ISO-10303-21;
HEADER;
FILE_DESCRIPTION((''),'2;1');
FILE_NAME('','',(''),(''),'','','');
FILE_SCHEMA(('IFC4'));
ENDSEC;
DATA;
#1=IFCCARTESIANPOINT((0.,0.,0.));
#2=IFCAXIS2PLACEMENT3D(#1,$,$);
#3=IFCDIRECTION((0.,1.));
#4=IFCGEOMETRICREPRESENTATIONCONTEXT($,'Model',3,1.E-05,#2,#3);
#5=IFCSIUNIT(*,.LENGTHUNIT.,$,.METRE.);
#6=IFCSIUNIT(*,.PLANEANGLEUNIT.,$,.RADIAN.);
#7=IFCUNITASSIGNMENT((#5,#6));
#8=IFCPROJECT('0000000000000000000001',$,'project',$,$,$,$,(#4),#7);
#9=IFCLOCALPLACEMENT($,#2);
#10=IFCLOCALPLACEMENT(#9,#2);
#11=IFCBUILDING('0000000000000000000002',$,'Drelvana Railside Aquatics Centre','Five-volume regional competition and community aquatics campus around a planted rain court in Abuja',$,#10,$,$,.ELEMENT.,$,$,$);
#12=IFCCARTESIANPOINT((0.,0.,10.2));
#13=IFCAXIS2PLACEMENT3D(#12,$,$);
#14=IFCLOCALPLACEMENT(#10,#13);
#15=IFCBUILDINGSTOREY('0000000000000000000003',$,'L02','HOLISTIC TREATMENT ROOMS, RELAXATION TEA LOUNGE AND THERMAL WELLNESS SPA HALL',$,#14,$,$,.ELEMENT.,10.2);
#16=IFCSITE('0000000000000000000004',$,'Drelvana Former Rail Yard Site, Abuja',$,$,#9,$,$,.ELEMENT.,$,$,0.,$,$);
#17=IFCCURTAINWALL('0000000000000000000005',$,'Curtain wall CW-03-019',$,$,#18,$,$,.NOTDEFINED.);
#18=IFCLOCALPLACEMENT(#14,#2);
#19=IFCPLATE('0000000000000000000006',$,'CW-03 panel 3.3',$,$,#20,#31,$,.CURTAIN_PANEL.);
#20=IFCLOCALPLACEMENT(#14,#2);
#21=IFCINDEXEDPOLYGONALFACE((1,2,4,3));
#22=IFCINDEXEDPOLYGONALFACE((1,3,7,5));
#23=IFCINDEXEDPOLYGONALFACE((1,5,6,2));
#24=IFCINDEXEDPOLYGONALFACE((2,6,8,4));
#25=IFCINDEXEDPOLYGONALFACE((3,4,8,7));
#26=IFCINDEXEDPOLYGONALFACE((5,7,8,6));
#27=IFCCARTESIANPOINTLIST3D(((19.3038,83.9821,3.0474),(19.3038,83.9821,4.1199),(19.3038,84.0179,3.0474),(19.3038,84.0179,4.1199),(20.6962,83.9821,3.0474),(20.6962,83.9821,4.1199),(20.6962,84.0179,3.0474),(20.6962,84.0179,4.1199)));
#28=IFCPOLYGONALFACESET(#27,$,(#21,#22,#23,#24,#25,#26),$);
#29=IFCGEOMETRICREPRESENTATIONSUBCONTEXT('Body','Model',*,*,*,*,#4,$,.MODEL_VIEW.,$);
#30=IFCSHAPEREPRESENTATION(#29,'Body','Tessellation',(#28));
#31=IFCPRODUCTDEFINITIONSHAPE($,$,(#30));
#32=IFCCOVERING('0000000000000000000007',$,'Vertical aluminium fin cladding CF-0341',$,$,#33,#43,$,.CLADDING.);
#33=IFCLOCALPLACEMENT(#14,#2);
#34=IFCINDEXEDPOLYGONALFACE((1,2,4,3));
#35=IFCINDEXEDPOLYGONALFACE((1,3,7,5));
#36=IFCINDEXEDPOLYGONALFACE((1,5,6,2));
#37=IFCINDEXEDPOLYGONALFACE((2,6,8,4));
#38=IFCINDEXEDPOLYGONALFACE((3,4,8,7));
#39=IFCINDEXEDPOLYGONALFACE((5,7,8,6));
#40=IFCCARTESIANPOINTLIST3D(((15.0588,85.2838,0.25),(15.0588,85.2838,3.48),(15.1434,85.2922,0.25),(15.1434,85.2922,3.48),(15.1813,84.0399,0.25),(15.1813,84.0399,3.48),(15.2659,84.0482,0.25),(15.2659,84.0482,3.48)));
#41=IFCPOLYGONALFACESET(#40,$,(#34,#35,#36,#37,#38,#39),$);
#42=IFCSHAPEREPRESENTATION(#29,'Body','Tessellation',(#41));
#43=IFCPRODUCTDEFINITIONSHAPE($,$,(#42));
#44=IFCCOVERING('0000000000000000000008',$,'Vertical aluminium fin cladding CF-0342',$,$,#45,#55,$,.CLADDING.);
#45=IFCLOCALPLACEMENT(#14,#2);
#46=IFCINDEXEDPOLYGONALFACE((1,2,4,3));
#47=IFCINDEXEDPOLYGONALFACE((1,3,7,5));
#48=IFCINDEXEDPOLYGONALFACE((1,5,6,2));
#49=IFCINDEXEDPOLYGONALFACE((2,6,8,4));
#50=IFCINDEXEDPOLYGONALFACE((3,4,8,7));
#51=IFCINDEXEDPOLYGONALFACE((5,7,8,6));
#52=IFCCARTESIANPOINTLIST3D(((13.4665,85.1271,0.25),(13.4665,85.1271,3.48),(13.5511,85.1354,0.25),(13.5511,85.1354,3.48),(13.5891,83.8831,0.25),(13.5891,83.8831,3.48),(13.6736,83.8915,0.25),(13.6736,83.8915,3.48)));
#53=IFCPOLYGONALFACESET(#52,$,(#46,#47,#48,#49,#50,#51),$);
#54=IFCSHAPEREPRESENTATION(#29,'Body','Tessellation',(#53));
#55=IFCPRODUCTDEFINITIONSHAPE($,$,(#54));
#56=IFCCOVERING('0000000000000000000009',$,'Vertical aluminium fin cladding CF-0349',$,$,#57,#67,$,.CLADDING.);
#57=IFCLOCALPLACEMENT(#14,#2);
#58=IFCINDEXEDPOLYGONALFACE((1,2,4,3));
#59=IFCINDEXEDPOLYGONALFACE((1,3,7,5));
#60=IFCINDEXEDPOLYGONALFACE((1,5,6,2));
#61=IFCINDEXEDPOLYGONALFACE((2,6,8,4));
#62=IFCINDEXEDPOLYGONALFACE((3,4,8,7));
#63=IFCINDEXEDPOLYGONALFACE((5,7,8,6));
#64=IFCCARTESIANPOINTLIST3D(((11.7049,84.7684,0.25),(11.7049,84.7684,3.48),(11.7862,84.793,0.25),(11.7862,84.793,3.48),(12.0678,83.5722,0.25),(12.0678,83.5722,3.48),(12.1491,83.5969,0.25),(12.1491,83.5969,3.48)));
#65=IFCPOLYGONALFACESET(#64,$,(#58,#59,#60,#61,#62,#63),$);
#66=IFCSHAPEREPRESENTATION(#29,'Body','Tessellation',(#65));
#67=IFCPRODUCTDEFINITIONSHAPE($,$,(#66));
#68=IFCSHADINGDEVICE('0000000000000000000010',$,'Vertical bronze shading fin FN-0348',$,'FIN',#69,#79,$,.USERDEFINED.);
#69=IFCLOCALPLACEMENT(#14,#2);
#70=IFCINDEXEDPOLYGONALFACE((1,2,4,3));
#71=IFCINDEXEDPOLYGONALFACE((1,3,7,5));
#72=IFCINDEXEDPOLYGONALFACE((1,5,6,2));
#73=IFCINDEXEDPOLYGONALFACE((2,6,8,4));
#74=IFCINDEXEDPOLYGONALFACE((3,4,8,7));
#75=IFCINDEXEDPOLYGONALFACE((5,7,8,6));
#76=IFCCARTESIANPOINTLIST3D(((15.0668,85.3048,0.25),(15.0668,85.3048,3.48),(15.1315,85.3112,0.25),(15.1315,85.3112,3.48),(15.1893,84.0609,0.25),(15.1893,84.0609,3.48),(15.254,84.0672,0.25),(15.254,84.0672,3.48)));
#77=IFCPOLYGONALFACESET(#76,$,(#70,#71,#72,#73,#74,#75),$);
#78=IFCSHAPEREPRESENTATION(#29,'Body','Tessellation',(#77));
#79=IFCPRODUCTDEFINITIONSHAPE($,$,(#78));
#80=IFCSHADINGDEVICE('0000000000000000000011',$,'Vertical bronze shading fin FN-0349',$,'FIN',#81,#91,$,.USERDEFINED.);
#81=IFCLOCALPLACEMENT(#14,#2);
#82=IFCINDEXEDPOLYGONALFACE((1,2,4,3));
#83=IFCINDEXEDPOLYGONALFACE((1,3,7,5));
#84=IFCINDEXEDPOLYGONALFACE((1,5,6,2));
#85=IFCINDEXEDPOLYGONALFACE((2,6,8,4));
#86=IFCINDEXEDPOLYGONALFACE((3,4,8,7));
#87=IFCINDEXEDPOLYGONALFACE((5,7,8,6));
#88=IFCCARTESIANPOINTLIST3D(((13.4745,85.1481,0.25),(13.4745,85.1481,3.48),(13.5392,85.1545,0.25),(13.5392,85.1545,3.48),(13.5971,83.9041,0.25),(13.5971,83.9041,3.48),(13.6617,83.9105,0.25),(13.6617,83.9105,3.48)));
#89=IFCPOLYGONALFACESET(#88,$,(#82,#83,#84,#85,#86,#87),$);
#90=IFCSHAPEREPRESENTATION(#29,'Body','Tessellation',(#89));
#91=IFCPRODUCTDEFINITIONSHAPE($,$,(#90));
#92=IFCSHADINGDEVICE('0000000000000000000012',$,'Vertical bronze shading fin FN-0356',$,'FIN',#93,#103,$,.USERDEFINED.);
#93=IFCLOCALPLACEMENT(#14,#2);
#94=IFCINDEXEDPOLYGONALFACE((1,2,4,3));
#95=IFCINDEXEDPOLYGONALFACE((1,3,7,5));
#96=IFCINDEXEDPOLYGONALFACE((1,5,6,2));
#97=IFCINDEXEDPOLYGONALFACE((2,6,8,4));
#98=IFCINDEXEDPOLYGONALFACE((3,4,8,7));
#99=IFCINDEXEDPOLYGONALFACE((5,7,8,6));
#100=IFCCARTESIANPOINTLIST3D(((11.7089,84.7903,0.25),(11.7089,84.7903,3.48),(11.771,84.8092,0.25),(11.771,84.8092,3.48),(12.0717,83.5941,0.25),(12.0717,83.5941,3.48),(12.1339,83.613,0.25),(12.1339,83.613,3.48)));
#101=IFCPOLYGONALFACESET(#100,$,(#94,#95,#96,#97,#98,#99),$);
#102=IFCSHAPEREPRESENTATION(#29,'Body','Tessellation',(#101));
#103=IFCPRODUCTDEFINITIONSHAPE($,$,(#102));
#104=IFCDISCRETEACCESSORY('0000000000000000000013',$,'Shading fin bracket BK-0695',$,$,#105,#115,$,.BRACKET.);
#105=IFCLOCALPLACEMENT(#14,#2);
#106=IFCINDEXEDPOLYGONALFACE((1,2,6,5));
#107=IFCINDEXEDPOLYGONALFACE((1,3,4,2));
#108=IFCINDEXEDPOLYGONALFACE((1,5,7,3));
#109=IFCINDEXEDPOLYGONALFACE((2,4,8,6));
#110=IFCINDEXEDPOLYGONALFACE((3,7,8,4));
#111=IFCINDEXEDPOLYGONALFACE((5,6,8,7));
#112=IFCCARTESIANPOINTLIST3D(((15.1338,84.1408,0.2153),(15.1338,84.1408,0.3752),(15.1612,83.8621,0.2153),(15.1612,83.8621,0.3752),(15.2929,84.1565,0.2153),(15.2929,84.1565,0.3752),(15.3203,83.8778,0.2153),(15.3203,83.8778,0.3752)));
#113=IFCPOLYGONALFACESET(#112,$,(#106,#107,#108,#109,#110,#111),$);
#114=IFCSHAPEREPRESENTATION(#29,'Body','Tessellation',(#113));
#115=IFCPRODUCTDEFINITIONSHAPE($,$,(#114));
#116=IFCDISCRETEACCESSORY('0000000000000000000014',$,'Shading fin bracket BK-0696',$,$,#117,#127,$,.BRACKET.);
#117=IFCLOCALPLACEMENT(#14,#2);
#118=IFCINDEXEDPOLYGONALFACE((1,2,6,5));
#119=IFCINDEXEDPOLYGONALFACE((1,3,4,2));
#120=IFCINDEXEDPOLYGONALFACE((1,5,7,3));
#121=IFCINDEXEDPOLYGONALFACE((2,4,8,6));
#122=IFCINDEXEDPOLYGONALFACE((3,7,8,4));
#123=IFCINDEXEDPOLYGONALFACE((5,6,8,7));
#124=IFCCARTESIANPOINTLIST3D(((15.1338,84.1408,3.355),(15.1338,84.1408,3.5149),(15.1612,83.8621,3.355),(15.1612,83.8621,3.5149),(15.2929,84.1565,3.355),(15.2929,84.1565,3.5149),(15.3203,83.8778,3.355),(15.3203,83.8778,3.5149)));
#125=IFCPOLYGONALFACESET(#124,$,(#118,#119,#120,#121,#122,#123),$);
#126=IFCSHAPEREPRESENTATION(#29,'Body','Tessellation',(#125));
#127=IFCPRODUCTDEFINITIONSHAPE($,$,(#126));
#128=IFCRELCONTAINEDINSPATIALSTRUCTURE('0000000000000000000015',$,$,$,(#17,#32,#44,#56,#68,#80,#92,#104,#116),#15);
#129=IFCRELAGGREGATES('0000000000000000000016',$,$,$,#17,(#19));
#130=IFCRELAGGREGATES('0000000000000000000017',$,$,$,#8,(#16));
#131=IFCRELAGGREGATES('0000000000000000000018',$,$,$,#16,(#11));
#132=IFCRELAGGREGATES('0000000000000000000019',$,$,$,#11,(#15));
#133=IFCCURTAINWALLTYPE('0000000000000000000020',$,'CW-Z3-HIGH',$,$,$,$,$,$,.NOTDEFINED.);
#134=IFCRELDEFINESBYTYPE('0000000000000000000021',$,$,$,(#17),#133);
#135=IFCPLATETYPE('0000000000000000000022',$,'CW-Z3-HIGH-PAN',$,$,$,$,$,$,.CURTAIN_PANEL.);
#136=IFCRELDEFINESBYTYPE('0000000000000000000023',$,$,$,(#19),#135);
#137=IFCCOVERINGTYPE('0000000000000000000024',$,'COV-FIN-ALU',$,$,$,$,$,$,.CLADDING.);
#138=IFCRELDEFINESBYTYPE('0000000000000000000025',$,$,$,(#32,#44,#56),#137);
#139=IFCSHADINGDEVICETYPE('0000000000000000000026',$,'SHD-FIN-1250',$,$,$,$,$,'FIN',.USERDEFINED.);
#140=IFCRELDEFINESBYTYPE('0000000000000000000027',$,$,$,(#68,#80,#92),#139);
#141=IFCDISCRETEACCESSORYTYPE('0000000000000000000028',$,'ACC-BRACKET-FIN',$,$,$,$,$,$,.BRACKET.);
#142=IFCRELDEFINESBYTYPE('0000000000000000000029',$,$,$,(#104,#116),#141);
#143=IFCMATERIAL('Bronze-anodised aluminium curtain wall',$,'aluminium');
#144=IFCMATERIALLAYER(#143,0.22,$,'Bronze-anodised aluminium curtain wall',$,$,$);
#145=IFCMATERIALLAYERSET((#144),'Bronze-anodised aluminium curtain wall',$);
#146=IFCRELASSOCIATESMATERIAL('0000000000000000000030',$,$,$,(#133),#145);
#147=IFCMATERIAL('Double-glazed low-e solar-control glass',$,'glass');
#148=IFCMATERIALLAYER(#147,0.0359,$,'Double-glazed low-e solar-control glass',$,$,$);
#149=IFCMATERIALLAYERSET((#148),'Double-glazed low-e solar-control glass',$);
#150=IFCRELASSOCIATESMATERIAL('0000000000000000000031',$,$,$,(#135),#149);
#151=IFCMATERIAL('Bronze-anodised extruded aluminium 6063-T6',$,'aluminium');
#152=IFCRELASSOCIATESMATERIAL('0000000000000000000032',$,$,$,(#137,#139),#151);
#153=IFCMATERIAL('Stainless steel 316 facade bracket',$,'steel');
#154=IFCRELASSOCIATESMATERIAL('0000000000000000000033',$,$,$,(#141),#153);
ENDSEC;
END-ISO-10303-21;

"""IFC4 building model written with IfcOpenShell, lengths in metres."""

from ifc_helpers import new_model, si_unit, direction, frame, origin, origin_2d, place, context, subcontext, project, spatial, rectangle, extrude, material, layer, layer_set, type_object, element, aggregate, save


model = new_model("IFC4")

# Units and contexts
model_context = context("Model", 3, precision=1e-05, world=origin(), true_north=direction((0.0, 1.0)))
body_context = subcontext(model_context, "Body", "Model", "MODEL_VIEW")
ifc_project = project(units=[si_unit("LENGTHUNIT", "METRE"), si_unit("PLANEANGLEUNIT", "RADIAN")], contexts=[model_context])

# Site, building, storey
site_placement = place(None, origin())
site = spatial("IfcSite", under=ifc_project, at=site_placement, Name="Drelvana Former Rail Yard Site, Abuja", CompositionType="ELEMENT", RefElevation=0.0)
building_placement = place(site_placement, origin())
building = spatial("IfcBuilding", under=site, at=building_placement, Name="Drelvana Railside Aquatics Centre", Description="Five-volume regional competition and community aquatics campus around a planted rain court in Abuja", CompositionType="ELEMENT")
storey_placement = place(building_placement, frame((0.0, 0.0, 10.2)))
storey = spatial("IfcBuildingStorey", under=building, at=storey_placement, Name="L02", Description="HOLISTIC TREATMENT ROOMS, RELAXATION TEA LOUNGE AND THERMAL WELLNESS SPA HALL", CompositionType="ELEMENT", Elevation=10.2)

# Curtain wall, plate
ifc_material_1 = material(Name="Bronze-anodised aluminium curtain wall", Category="aluminium")
ifc_layer_1 = layer(ifc_material_1, 0.22, Name="Bronze-anodised aluminium curtain wall")
ifc_layer_set_1 = layer_set([ifc_layer_1], Name="Bronze-anodised aluminium curtain wall")
curtain_wall_type = type_object("IfcCurtainWallType", Name="CW-Z3-HIGH", PredefinedType="NOTDEFINED", material=ifc_layer_set_1)
curtain_wall_placement = place(storey_placement, origin())
curtain_wall = element("IfcCurtainWall", 1, at=curtain_wall_placement, inside=storey, type_object=curtain_wall_type, Name="Curtain wall CW-03-019", PredefinedType="NOTDEFINED")
ifc_material_2 = material(Name="Double-glazed low-e solar-control glass", Category="glass")
ifc_layer_2 = layer(ifc_material_2, 0.0359, Name="Double-glazed low-e solar-control glass")
ifc_layer_set_2 = layer_set([ifc_layer_2], Name="Double-glazed low-e solar-control glass")
plate_type = type_object("IfcPlateType", Name="CW-Z3-HIGH-PAN", PredefinedType="CURTAIN_PANEL", material=ifc_layer_set_2)
plate_1_placement = place(storey_placement, frame((20.0, 84.0, 3.0474), z_axis=(0.0, 0.0, 1.0), x_axis=(1.0, 0.0, 0.0)))
plate_1 = element("IfcPlate", 2, at=plate_1_placement, type_object=plate_type, Name="CW-03 panel 3.3", PredefinedType="CURTAIN_PANEL", context=body_context, shape_type="SweptSolid", body=[
    extrude(rectangle(XDim=1.3923, YDim=0.0359, at=origin_2d()), origin(), (0.0, 0.0, 1.0), 1.0725),
])
aggregate(curtain_wall, [plate_1])

# Coverings
ifc_material_3 = material(Name="Bronze-anodised extruded aluminium 6063-T6", Category="aluminium")
covering_type = type_object("IfcCoveringType", Name="COV-FIN-ALU", PredefinedType="CLADDING", material=ifc_material_3)
for number, where, z_axis, x_axis, name in (
    (3, (15.1624, 84.666, 0.25), (0.0, 0.0, 1.0), (0.995185, 0.098017, 0.0), "Vertical aluminium fin cladding CF-0341"),
    (4, (13.5701, 84.5093, 0.25), (0.0, 0.0, 1.0), (0.995185, 0.098017, 0.0), "Vertical aluminium fin cladding CF-0342"),
    (5, (11.927, 84.1826, 0.25), (0.0, 0.0, 1.0), (0.95694, 0.290285, 0.0), "Vertical aluminium fin cladding CF-0349"),
):
    element("IfcCovering", number, at=place(storey_placement, frame(where, z_axis=z_axis, x_axis=x_axis)), inside=storey, type_object=covering_type, Name=name, PredefinedType="CLADDING", context=body_context, shape_type="SweptSolid", body=[
        extrude(rectangle(XDim=0.085, YDim=1.25, at=origin_2d()), origin(), (0.0, 0.0, 1.0), 3.23),
    ])

# Shading devices
shading_device_type = type_object("IfcShadingDeviceType", Name="SHD-FIN-1250", ElementType="FIN", PredefinedType="USERDEFINED", material=ifc_material_3)
for number, where, z_axis, x_axis, name in (
    (6, (15.1604, 84.686, 0.25), (0.0, 0.0, 1.0), (-0.098017, 0.995185, 0.0), "Vertical bronze shading fin FN-0348"),
    (7, (13.5681, 84.5293, 0.25), (0.0, 0.0, 1.0), (-0.098017, 0.995185, 0.0), "Vertical bronze shading fin FN-0349"),
    (8, (11.9214, 84.2017, 0.25), (0.0, 0.0, 1.0), (-0.290285, 0.95694, 0.0), "Vertical bronze shading fin FN-0356"),
):
    element("IfcShadingDevice", number, at=place(storey_placement, frame(where, z_axis=z_axis, x_axis=x_axis)), inside=storey, type_object=shading_device_type, Name=name, ObjectType="FIN", PredefinedType="USERDEFINED", context=body_context, shape_type="SweptSolid", body=[
        extrude(rectangle(XDim=1.25, YDim=0.0649, at=origin_2d()), origin(), (0.0, 0.0, 1.0), 3.23),
    ])

# Discrete accessories
ifc_material_4 = material(Name="Stainless steel 316 facade bracket", Category="steel")
discrete_accessory_type = type_object("IfcDiscreteAccessoryType", Name="ACC-BRACKET-FIN", PredefinedType="BRACKET", material=ifc_material_4)
for number, where, z_axis, x_axis, name in (
    (9, (15.2271, 84.0093, 0.2153), (0.0, 0.0, 1.0), (-0.098017, 0.995185, 0.0), "Shading fin bracket BK-0695"),
    (10, (15.2271, 84.0093, 3.355), (0.0, 0.0, 1.0), (-0.098017, 0.995185, 0.0), "Shading fin bracket BK-0696"),
):
    element("IfcDiscreteAccessory", number, at=place(storey_placement, frame(where, z_axis=z_axis, x_axis=x_axis)), inside=storey, type_object=discrete_accessory_type, Name=name, PredefinedType="BRACKET", context=body_context, shape_type="SweptSolid", body=[
        extrude(rectangle(XDim=0.28, YDim=0.1599, at=origin_2d()), origin(), (0.0, 0.0, 1.0), 0.1599),
    ])

save(model, "model.ifc")
